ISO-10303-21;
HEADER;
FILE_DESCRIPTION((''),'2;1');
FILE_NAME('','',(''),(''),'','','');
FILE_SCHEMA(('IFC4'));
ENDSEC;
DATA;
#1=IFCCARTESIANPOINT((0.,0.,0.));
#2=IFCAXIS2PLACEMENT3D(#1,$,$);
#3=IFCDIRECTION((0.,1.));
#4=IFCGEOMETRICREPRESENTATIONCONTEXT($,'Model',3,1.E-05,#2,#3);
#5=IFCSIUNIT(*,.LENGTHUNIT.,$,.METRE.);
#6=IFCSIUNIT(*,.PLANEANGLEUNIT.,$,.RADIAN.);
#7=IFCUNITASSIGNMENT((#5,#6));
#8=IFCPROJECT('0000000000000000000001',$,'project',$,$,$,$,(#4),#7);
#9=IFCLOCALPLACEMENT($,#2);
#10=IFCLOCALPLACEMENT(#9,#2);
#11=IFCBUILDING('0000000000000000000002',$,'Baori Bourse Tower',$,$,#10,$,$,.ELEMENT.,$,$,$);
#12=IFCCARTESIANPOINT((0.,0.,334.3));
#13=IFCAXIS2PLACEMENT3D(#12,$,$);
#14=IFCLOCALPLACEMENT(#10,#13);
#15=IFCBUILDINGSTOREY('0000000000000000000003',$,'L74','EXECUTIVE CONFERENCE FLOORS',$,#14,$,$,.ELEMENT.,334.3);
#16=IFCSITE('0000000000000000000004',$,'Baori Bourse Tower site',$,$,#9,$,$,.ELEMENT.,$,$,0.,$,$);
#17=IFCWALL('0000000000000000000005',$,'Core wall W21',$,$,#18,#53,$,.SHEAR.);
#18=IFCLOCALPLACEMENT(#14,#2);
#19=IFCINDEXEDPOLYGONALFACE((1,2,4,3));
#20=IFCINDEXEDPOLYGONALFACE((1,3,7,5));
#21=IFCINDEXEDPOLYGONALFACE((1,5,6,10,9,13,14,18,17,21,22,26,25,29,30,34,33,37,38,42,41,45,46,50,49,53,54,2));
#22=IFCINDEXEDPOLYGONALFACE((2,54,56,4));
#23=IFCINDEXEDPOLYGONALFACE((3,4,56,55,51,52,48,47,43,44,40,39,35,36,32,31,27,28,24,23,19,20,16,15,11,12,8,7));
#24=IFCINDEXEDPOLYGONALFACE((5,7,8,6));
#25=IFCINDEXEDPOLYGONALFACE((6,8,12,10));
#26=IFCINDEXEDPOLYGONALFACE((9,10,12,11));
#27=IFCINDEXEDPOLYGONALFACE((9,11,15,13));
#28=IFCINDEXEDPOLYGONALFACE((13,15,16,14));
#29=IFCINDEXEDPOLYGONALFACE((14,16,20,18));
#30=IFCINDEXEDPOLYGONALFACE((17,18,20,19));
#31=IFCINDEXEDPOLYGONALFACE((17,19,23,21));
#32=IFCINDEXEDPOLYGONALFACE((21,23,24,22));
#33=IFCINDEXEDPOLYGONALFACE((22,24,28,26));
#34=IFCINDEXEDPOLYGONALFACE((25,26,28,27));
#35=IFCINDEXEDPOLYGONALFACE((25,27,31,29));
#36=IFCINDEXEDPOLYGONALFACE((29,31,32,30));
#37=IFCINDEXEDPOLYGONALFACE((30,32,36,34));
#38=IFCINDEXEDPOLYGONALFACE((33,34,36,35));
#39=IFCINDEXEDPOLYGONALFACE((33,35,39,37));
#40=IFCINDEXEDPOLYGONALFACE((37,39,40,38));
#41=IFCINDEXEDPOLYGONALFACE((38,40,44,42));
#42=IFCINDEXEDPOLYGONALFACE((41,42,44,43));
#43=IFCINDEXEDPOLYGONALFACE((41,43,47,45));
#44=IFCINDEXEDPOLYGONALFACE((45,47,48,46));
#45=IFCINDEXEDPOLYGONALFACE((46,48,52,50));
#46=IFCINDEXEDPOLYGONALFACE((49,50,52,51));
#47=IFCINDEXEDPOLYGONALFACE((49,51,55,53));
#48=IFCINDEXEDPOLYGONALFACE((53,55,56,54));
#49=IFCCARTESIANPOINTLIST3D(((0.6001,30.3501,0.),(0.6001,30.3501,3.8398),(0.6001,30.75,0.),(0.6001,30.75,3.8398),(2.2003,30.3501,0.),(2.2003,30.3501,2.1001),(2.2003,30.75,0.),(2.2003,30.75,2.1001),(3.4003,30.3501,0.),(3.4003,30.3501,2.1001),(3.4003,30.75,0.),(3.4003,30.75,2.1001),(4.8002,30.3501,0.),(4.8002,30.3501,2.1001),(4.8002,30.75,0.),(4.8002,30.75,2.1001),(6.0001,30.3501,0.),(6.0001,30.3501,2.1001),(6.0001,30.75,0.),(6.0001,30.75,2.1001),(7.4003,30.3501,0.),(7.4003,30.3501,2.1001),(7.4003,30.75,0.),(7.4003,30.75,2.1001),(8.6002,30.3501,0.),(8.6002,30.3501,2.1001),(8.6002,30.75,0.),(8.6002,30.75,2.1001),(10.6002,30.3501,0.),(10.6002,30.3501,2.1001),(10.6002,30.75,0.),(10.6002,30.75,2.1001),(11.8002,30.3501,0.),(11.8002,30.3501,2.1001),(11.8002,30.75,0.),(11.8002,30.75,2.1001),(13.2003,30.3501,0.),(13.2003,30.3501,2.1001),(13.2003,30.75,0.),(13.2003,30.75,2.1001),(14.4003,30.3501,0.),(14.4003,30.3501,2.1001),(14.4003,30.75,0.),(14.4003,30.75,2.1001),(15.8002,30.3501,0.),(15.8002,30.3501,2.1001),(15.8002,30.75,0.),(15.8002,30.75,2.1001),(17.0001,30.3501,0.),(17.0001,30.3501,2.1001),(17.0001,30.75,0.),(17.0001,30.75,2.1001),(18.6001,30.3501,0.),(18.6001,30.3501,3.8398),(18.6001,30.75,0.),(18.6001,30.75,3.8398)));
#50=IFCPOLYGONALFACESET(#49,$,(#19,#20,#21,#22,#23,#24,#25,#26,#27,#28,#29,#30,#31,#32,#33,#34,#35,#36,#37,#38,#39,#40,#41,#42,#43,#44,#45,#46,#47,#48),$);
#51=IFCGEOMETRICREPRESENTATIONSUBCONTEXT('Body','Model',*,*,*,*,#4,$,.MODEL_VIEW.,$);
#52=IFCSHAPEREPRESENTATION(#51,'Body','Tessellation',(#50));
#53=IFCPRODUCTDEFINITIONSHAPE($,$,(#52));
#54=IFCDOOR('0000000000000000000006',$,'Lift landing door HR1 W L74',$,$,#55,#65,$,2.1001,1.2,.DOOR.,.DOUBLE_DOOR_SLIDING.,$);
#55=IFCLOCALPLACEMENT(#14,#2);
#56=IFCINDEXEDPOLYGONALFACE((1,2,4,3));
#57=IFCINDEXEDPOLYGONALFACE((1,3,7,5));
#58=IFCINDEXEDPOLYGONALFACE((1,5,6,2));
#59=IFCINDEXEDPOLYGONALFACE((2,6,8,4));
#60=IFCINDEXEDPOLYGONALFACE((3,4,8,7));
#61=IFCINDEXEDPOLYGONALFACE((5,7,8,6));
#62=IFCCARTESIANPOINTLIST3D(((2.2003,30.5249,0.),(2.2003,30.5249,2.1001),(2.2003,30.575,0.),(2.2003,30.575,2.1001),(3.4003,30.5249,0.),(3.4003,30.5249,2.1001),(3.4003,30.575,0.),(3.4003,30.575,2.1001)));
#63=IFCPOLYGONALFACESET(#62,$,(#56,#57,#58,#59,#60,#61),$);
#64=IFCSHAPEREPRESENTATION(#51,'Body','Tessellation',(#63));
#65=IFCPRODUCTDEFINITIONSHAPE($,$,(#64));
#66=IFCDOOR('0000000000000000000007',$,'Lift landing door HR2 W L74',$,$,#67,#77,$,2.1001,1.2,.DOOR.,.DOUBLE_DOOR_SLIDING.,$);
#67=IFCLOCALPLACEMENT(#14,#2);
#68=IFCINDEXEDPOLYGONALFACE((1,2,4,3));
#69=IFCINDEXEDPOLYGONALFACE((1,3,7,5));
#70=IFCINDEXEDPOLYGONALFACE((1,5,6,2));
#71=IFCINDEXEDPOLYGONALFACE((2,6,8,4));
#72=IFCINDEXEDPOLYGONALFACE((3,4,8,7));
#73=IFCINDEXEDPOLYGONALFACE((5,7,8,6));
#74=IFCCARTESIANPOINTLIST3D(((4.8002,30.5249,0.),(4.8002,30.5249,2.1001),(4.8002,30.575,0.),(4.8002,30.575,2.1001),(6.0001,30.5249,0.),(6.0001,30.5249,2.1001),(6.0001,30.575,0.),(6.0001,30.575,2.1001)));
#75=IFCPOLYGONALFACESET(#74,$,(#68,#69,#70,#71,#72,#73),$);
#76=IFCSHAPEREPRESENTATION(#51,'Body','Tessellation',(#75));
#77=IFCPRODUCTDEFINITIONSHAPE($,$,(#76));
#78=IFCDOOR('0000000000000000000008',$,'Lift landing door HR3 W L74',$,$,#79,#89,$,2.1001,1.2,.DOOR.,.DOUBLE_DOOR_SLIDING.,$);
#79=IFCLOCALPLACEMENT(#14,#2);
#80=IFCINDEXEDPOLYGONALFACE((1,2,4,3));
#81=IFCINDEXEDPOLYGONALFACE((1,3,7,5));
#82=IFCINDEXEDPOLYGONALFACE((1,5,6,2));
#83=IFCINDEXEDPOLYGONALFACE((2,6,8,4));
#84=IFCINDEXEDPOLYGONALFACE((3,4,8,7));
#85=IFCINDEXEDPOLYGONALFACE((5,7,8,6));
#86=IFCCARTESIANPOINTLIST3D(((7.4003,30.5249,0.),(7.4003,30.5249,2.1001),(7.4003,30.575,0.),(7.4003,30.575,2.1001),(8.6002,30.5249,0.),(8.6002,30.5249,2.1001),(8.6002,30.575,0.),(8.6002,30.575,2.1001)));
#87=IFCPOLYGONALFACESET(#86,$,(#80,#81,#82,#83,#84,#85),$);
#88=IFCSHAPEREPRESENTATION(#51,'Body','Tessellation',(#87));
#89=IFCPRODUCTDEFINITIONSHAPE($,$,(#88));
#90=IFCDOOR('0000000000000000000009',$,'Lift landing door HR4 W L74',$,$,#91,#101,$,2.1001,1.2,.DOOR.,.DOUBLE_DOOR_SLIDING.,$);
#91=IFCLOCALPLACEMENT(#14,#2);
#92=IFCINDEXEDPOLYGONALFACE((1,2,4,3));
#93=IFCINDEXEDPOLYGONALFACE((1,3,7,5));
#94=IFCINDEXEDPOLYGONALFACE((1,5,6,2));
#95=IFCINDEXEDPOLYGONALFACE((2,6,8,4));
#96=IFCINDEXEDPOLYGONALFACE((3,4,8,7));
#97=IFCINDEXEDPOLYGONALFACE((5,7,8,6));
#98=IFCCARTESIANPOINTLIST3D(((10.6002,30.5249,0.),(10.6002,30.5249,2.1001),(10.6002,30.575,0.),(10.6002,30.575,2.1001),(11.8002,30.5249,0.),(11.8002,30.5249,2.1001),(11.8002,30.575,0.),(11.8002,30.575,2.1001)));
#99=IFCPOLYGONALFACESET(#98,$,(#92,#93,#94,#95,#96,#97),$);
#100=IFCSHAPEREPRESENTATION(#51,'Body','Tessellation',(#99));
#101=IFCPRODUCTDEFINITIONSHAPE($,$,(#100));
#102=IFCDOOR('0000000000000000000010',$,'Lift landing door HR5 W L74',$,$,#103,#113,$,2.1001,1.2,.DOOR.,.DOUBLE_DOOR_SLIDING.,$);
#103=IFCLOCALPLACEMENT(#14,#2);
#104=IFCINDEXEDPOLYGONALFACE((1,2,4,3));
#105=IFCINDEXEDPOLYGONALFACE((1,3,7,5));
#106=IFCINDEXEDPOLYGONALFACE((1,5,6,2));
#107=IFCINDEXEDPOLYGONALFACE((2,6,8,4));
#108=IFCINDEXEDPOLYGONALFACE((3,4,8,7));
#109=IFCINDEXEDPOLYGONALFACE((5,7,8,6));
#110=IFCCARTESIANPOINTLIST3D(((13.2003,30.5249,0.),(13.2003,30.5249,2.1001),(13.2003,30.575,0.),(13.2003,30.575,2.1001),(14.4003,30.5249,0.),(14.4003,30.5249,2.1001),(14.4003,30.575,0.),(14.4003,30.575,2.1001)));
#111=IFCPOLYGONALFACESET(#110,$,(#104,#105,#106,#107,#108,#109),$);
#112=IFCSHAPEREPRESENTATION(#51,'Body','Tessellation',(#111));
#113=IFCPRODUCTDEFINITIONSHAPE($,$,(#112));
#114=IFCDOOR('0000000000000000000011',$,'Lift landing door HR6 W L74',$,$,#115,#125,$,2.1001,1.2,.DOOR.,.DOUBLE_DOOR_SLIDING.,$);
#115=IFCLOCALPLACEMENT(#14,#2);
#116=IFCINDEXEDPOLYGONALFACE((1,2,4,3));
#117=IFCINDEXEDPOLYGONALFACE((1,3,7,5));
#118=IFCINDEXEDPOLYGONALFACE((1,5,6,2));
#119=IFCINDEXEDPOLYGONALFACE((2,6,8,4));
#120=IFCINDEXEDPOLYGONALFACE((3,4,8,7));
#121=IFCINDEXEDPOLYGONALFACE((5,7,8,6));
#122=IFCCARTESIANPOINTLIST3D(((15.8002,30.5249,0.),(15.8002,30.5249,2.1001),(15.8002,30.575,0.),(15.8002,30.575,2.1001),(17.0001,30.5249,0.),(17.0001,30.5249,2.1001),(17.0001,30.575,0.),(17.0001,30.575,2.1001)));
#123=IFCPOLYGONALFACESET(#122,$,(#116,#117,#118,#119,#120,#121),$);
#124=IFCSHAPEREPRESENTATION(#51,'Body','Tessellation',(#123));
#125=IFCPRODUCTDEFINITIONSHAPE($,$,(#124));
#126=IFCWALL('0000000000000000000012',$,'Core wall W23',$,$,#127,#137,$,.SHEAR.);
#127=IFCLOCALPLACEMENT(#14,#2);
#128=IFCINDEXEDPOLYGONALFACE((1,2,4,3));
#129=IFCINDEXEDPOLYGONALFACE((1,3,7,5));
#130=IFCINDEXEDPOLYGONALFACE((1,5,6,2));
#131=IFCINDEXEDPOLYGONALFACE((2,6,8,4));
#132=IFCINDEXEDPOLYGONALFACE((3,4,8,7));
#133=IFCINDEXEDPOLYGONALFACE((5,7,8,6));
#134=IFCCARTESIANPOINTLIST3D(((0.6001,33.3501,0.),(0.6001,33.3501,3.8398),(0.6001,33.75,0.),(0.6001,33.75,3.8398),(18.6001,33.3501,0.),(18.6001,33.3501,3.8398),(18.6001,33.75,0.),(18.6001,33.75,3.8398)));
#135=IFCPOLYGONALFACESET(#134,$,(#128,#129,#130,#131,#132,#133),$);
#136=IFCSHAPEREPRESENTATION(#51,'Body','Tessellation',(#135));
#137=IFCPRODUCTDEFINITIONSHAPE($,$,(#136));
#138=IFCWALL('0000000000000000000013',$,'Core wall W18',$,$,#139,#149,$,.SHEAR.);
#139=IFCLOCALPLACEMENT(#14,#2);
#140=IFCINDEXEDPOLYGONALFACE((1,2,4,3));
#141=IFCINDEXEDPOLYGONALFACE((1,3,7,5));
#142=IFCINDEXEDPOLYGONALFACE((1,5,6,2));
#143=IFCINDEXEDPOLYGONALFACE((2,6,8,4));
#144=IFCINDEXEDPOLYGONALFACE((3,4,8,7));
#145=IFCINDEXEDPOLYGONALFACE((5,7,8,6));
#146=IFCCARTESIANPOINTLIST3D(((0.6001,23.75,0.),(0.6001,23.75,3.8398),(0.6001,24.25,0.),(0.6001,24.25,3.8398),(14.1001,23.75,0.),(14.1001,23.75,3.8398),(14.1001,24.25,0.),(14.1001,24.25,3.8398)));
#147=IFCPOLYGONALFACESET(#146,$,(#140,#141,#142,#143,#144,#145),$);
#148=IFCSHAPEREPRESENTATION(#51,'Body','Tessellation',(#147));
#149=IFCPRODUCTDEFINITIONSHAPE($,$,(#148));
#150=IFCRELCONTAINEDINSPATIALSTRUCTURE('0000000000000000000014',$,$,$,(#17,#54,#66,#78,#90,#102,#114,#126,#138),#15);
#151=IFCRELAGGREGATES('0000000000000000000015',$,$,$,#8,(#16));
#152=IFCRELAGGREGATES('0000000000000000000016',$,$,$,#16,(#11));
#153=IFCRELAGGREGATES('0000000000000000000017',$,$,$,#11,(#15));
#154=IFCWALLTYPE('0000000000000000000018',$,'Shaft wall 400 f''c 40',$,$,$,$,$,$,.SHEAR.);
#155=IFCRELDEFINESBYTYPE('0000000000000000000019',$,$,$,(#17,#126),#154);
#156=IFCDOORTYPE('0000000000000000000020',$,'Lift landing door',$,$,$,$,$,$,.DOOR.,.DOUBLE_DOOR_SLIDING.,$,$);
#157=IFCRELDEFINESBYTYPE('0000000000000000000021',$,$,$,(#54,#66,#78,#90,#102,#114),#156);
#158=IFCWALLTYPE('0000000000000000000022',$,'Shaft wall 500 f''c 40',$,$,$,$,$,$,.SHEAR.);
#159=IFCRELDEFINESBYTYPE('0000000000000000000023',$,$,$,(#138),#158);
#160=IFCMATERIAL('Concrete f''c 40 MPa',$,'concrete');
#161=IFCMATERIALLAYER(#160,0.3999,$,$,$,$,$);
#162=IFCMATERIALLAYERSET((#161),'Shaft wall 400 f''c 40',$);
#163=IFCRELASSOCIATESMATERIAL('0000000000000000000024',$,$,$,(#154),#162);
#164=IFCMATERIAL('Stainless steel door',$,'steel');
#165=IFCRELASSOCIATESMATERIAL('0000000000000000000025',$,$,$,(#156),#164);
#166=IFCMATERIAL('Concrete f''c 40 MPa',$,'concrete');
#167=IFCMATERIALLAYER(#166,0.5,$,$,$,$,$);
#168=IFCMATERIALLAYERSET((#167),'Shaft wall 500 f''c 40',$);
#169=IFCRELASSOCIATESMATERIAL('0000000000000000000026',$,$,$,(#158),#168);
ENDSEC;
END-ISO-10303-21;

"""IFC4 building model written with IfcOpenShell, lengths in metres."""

from ifc_helpers import new_model, si_unit, direction, frame, frame_2d, origin, place, context, subcontext, project, spatial, rectangle, extrude, material, layer, layer_set, type_object, element, fill, save


model = new_model("IFC4")

# Units and contexts
model_context = context("Model", 3, precision=1e-05, world=origin(), true_north=direction((0.0, 1.0)))
body_context = subcontext(model_context, "Body", "Model", "MODEL_VIEW")
ifc_project = project(units=[si_unit("LENGTHUNIT", "METRE"), si_unit("PLANEANGLEUNIT", "RADIAN")], contexts=[model_context])

# Site, building, storey
site_placement = place(None, origin())
site = spatial("IfcSite", under=ifc_project, at=site_placement, Name="Baori Bourse Tower site", CompositionType="ELEMENT", RefElevation=0.0)
building_placement = place(site_placement, origin())
building = spatial("IfcBuilding", under=site, at=building_placement, Name="Baori Bourse Tower", CompositionType="ELEMENT")
storey_placement = place(building_placement, frame((0.0, 0.0, 334.3)))
storey = spatial("IfcBuildingStorey", under=building, at=storey_placement, Name="L74", Description="EXECUTIVE CONFERENCE FLOORS", CompositionType="ELEMENT", Elevation=334.3)

# Wall, openings, doors
ifc_material_1 = material(Name="Concrete f'c 40 MPa", Category="concrete")
ifc_layer_1 = layer(ifc_material_1, 0.3999)
ifc_layer_set_1 = layer_set([ifc_layer_1], Name="Shaft wall 400 f'c 40")
wall_type_1 = type_object("IfcWallType", Name="Shaft wall 400 f'c 40", PredefinedType="SHEAR", material=ifc_layer_set_1)
ifc_material_2 = material(Name="Stainless steel door", Category="steel")
door_type_1 = type_object("IfcDoorType", Name="Lift landing door", OperationType="DOUBLE_DOOR_SLIDING", PredefinedType="DOOR", material=ifc_material_2)
wall_1_placement = place(storey_placement, frame((0.6001, 30.55, 0.0), z_axis=(0.0, 0.0, 1.0), x_axis=(1.0, 0.0, 0.0)))
wall_1 = element("IfcWall", 1, at=wall_1_placement, inside=storey, type_object=wall_type_1, Name="Core wall W21", PredefinedType="SHEAR", context=body_context, shape_type="SweptSolid", body=[
    extrude(rectangle(XDim=18.0, YDim=0.3999, at=frame_2d((9.0, 0.0))), origin(), (0.0, 0.0, 1.0), 3.8398),
])
opening_1_placement = place(wall_1_placement, frame((1.6001, 0.0, 0.0)))
opening_1 = element("IfcOpeningElement", 2, at=opening_1_placement, cuts=wall_1, PredefinedType="OPENING", context=body_context, shape_type="SweptSolid", body=[
    extrude(rectangle(XDim=1.2, YDim=2.1001, at=frame_2d((0.6001, 1.05))), frame((0.0, 0.21, 0.0), z_axis=(0.0, -1.0, 0.0), x_axis=(1.0, 0.0, 0.0)), (0.0, 0.0, 1.0), 0.4199),
])
opening_2_placement = place(wall_1_placement, frame((4.2, 0.0, 0.0)))
opening_2 = element("IfcOpeningElement", 3, at=opening_2_placement, cuts=wall_1, PredefinedType="OPENING", context=body_context, shape_type="SweptSolid", body=[
    extrude(rectangle(XDim=1.2, YDim=2.1001, at=frame_2d((0.6001, 1.05))), frame((0.0, 0.21, 0.0), z_axis=(0.0, -1.0, 0.0), x_axis=(1.0, 0.0, 0.0)), (0.0, 0.0, 1.0), 0.4199),
])
opening_3_placement = place(wall_1_placement, frame((6.8, 0.0, 0.0)))
opening_3 = element("IfcOpeningElement", 4, at=opening_3_placement, cuts=wall_1, PredefinedType="OPENING", context=body_context, shape_type="SweptSolid", body=[
    extrude(rectangle(XDim=1.2, YDim=2.1001, at=frame_2d((0.6001, 1.05))), frame((0.0, 0.21, 0.0), z_axis=(0.0, -1.0, 0.0), x_axis=(1.0, 0.0, 0.0)), (0.0, 0.0, 1.0), 0.4199),
])
opening_4_placement = place(wall_1_placement, frame((10.0, 0.0, 0.0)))
opening_4 = element("IfcOpeningElement", 5, at=opening_4_placement, cuts=wall_1, PredefinedType="OPENING", context=body_context, shape_type="SweptSolid", body=[
    extrude(rectangle(XDim=1.2, YDim=2.1001, at=frame_2d((0.6001, 1.05))), frame((0.0, 0.21, 0.0), z_axis=(0.0, -1.0, 0.0), x_axis=(1.0, 0.0, 0.0)), (0.0, 0.0, 1.0), 0.4199),
])
opening_5_placement = place(wall_1_placement, frame((12.6001, 0.0, 0.0)))
opening_5 = element("IfcOpeningElement", 6, at=opening_5_placement, cuts=wall_1, PredefinedType="OPENING", context=body_context, shape_type="SweptSolid", body=[
    extrude(rectangle(XDim=1.2, YDim=2.1001, at=frame_2d((0.6001, 1.05))), frame((0.0, 0.21, 0.0), z_axis=(0.0, -1.0, 0.0), x_axis=(1.0, 0.0, 0.0)), (0.0, 0.0, 1.0), 0.4199),
])
opening_6_placement = place(wall_1_placement, frame((15.2, 0.0, 0.0)))
opening_6 = element("IfcOpeningElement", 7, at=opening_6_placement, cuts=wall_1, PredefinedType="OPENING", context=body_context, shape_type="SweptSolid", body=[
    extrude(rectangle(XDim=1.2, YDim=2.1001, at=frame_2d((0.6001, 1.05))), frame((0.0, 0.21, 0.0), z_axis=(0.0, -1.0, 0.0), x_axis=(1.0, 0.0, 0.0)), (0.0, 0.0, 1.0), 0.4199),
])
door_1_placement = place(opening_1_placement, origin())
door_1 = element("IfcDoor", 8, at=door_1_placement, inside=storey, type_object=door_type_1, Name="Lift landing door HR1 W L74", OperationType="DOUBLE_DOOR_SLIDING", OverallHeight=2.1001, OverallWidth=1.2, PredefinedType="DOOR", context=body_context, shape_type="SweptSolid", body=[
    extrude(rectangle(XDim=1.2, YDim=2.1001, at=frame_2d((0.6001, 1.05))), frame((0.0, 0.0249, 0.0), z_axis=(0.0, -1.0, 0.0), x_axis=(1.0, 0.0, 0.0)), (0.0, 0.0, 1.0), 0.05),
])
fill(opening_1, door_1)
door_2_placement = place(opening_2_placement, origin())
door_2 = element("IfcDoor", 9, at=door_2_placement, inside=storey, type_object=door_type_1, Name="Lift landing door HR2 W L74", OperationType="DOUBLE_DOOR_SLIDING", OverallHeight=2.1001, OverallWidth=1.2, PredefinedType="DOOR", context=body_context, shape_type="SweptSolid", body=[
    extrude(rectangle(XDim=1.2, YDim=2.1001, at=frame_2d((0.6001, 1.05))), frame((0.0, 0.0249, 0.0), z_axis=(0.0, -1.0, 0.0), x_axis=(1.0, 0.0, 0.0)), (0.0, 0.0, 1.0), 0.05),
])
fill(opening_2, door_2)
door_3_placement = place(opening_3_placement, origin())
door_3 = element("IfcDoor", 10, at=door_3_placement, inside=storey, type_object=door_type_1, Name="Lift landing door HR3 W L74", OperationType="DOUBLE_DOOR_SLIDING", OverallHeight=2.1001, OverallWidth=1.2, PredefinedType="DOOR", context=body_context, shape_type="SweptSolid", body=[
    extrude(rectangle(XDim=1.2, YDim=2.1001, at=frame_2d((0.6001, 1.05))), frame((0.0, 0.0249, 0.0), z_axis=(0.0, -1.0, 0.0), x_axis=(1.0, 0.0, 0.0)), (0.0, 0.0, 1.0), 0.05),
])
fill(opening_3, door_3)
door_4_placement = place(opening_4_placement, origin())
door_4 = element("IfcDoor", 11, at=door_4_placement, inside=storey, type_object=door_type_1, Name="Lift landing door HR4 W L74", OperationType="DOUBLE_DOOR_SLIDING", OverallHeight=2.1001, OverallWidth=1.2, PredefinedType="DOOR", context=body_context, shape_type="SweptSolid", body=[
    extrude(rectangle(XDim=1.2, YDim=2.1001, at=frame_2d((0.6001, 1.05))), frame((0.0, 0.0249, 0.0), z_axis=(0.0, -1.0, 0.0), x_axis=(1.0, 0.0, 0.0)), (0.0, 0.0, 1.0), 0.05),
])
fill(opening_4, door_4)
door_5_placement = place(opening_5_placement, origin())
door_5 = element("IfcDoor", 12, at=door_5_placement, inside=storey, type_object=door_type_1, Name="Lift landing door HR5 W L74", OperationType="DOUBLE_DOOR_SLIDING", OverallHeight=2.1001, OverallWidth=1.2, PredefinedType="DOOR", context=body_context, shape_type="SweptSolid", body=[
    extrude(rectangle(XDim=1.2, YDim=2.1001, at=frame_2d((0.6001, 1.05))), frame((0.0, 0.0249, 0.0), z_axis=(0.0, -1.0, 0.0), x_axis=(1.0, 0.0, 0.0)), (0.0, 0.0, 1.0), 0.05),
])
fill(opening_5, door_5)
door_6_placement = place(opening_6_placement, origin())
door_6 = element("IfcDoor", 13, at=door_6_placement, inside=storey, type_object=door_type_1, Name="Lift landing door HR6 W L74", OperationType="DOUBLE_DOOR_SLIDING", OverallHeight=2.1001, OverallWidth=1.2, PredefinedType="DOOR", context=body_context, shape_type="SweptSolid", body=[
    extrude(rectangle(XDim=1.2, YDim=2.1001, at=frame_2d((0.6001, 1.05))), frame((0.0, 0.0249, 0.0), z_axis=(0.0, -1.0, 0.0), x_axis=(1.0, 0.0, 0.0)), (0.0, 0.0, 1.0), 0.05),
])
fill(opening_6, door_6)

# Walls
wall_2_placement = place(storey_placement, frame((0.6001, 33.55, 0.0), z_axis=(0.0, 0.0, 1.0), x_axis=(1.0, 0.0, 0.0)))
element("IfcWall", 14, at=wall_2_placement, inside=storey, type_object=wall_type_1, Name="Core wall W23", PredefinedType="SHEAR", context=body_context, shape_type="SweptSolid", body=[
    extrude(rectangle(XDim=18.0, YDim=0.3999, at=frame_2d((9.0, 0.0))), origin(), (0.0, 0.0, 1.0), 3.8398),
])
ifc_material_3 = material(Name="Concrete f'c 40 MPa", Category="concrete")
ifc_layer_2 = layer(ifc_material_3, 0.5)
ifc_layer_set_2 = layer_set([ifc_layer_2], Name="Shaft wall 500 f'c 40")
wall_type_2 = type_object("IfcWallType", Name="Shaft wall 500 f'c 40", PredefinedType="SHEAR", material=ifc_layer_set_2)
wall_3_placement = place(storey_placement, frame((0.6001, 24.0, 0.0), z_axis=(0.0, 0.0, 1.0), x_axis=(1.0, 0.0, 0.0)))
element("IfcWall", 15, at=wall_3_placement, inside=storey, type_object=wall_type_2, Name="Core wall W18", PredefinedType="SHEAR", context=body_context, shape_type="SweptSolid", body=[
    extrude(rectangle(XDim=13.5, YDim=0.5, at=frame_2d((6.75, 0.0))), origin(), (0.0, 0.0, 1.0), 3.8398),
])

save(model, "model.ifc")
